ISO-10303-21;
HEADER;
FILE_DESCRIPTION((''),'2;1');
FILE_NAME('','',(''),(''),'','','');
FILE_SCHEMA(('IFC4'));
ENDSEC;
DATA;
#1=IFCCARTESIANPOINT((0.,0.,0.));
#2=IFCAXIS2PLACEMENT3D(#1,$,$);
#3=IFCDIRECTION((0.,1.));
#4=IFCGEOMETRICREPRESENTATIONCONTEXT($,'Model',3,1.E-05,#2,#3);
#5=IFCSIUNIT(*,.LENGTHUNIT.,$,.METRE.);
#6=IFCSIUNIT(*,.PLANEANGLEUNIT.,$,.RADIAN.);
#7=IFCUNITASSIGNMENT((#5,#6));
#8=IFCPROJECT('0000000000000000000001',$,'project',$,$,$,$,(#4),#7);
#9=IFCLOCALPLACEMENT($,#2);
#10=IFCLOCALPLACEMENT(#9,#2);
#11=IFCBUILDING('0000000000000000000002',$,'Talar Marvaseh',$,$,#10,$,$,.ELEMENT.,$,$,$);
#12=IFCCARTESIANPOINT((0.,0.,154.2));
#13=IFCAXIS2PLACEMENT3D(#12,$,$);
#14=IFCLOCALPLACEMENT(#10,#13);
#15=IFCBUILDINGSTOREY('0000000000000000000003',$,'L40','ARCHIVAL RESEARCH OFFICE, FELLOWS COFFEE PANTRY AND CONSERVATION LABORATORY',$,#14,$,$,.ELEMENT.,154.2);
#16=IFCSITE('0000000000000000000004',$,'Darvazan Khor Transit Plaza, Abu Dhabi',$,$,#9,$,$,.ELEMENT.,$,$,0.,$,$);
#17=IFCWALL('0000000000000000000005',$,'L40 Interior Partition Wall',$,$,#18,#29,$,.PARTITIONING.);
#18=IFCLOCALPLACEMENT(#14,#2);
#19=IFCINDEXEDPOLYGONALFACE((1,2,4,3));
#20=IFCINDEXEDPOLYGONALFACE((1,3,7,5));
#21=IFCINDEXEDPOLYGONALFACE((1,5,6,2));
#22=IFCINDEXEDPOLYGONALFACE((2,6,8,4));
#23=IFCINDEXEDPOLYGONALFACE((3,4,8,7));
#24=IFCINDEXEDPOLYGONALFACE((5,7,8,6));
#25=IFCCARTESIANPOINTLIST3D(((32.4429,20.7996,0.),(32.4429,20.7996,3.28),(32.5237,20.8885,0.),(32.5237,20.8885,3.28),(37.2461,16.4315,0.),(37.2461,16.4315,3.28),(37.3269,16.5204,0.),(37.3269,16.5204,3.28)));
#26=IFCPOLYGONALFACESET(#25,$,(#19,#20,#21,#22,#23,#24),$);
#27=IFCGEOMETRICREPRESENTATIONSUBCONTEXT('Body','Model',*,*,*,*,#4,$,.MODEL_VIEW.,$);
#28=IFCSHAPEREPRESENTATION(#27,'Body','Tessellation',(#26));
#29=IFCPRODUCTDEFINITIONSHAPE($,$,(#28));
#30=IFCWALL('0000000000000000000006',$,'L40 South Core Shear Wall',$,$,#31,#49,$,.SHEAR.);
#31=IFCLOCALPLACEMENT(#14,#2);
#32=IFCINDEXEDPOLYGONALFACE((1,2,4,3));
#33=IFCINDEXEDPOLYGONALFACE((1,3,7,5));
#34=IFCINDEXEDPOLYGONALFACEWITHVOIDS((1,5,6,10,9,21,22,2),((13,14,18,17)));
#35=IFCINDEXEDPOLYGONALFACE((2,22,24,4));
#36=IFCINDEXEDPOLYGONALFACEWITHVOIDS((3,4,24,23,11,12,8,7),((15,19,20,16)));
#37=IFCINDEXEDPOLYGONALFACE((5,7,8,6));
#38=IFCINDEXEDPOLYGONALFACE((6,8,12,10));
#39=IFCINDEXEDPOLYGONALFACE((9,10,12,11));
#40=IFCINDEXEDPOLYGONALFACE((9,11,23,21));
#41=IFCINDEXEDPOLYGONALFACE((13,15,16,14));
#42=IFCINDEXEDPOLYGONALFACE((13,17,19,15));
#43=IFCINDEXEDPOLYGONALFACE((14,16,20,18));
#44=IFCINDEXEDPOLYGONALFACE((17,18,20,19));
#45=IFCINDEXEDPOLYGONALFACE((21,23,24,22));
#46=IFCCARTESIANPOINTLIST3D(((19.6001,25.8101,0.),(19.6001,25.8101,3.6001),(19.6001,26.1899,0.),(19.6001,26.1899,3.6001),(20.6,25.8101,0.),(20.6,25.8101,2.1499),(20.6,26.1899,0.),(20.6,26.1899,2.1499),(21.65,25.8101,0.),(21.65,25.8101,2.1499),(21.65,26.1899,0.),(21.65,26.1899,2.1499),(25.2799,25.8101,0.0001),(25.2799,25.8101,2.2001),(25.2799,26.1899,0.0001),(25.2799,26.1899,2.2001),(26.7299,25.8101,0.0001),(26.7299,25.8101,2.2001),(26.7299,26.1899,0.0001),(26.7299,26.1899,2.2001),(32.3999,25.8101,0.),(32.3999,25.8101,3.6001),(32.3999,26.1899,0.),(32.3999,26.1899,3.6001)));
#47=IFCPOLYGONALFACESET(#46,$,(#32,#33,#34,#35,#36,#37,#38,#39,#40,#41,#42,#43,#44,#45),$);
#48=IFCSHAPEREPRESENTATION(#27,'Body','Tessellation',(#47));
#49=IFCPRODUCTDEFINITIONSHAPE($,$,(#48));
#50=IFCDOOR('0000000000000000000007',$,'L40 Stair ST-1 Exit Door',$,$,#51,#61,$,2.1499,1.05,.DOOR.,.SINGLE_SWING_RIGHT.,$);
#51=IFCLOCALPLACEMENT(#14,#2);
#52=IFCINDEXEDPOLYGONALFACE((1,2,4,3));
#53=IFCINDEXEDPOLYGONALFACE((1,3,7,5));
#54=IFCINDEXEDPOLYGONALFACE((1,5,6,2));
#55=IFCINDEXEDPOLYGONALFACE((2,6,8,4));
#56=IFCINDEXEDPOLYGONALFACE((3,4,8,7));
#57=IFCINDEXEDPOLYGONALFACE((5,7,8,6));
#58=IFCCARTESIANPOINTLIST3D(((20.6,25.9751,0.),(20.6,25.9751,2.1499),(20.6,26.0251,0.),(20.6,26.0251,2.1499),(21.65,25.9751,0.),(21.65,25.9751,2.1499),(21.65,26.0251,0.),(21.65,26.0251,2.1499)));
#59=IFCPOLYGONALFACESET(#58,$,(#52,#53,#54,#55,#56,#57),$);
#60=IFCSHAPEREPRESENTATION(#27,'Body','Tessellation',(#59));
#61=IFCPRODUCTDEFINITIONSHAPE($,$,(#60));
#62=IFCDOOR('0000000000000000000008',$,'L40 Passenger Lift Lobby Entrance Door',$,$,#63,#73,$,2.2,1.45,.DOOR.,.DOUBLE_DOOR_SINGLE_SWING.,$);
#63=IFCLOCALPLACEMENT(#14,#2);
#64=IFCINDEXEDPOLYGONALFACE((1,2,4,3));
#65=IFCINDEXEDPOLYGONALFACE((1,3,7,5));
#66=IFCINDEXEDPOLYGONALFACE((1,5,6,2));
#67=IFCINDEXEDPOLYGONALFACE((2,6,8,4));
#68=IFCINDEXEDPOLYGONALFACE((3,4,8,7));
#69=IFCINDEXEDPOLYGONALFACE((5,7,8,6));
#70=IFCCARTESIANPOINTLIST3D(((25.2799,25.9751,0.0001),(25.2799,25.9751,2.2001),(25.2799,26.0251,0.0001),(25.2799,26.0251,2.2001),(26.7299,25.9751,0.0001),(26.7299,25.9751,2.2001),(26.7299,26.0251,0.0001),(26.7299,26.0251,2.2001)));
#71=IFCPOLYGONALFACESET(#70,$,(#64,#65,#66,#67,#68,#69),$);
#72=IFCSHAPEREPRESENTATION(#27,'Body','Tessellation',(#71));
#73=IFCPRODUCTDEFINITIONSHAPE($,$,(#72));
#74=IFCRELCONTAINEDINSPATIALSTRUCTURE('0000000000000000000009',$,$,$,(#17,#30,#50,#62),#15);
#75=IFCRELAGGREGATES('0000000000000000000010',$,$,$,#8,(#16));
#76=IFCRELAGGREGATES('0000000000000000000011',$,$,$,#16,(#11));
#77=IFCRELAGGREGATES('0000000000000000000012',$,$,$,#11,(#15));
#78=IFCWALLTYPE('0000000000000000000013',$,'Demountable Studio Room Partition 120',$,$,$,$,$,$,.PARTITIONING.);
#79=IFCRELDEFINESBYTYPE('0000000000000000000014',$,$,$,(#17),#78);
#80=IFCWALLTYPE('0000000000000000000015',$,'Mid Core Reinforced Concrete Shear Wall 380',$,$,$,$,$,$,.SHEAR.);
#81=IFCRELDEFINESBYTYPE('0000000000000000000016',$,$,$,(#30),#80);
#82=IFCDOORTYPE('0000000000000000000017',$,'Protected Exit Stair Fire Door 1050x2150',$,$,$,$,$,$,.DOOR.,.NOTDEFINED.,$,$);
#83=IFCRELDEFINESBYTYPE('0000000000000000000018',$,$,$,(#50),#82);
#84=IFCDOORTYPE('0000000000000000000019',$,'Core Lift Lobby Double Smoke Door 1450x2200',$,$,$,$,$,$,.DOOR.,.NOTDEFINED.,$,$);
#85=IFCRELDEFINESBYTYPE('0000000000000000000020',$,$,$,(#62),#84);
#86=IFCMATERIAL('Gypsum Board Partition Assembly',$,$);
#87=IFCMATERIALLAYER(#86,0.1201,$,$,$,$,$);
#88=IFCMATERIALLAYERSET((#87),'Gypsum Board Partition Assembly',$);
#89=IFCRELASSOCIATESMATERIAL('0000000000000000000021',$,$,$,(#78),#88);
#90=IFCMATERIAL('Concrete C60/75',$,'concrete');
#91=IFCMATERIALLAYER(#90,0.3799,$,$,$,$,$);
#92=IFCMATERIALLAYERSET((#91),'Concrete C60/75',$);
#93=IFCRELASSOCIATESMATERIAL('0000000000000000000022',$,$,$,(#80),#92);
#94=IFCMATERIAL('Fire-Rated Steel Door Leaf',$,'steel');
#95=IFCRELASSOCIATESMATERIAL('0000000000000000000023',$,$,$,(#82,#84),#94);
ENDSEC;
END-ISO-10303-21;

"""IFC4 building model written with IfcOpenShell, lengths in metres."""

from ifc_helpers import new_model, si_unit, direction, frame, frame_2d, origin, place, context, subcontext, project, spatial, rectangle, extrude, source, transform, mapped, material, layer, layer_set, type_object, type_shapes, element, fill, save


model = new_model("IFC4")

# Units and contexts
model_context = context("Model", 3, precision=1e-05, world=origin(), true_north=direction((0.0, 1.0)))
body_context = subcontext(model_context, "Body", "Model", "MODEL_VIEW")
ifc_project = project(units=[si_unit("LENGTHUNIT", "METRE"), si_unit("PLANEANGLEUNIT", "RADIAN")], contexts=[model_context])

# Site, building, storey
site_placement = place(None, origin())
site = spatial("IfcSite", under=ifc_project, at=site_placement, Name="Darvazan Khor Transit Plaza, Abu Dhabi", CompositionType="ELEMENT", RefElevation=0.0)
building_placement = place(site_placement, origin())
building = spatial("IfcBuilding", under=site, at=building_placement, Name="Talar Marvaseh", CompositionType="ELEMENT")
storey_placement = place(building_placement, frame((0.0, 0.0, 154.2)))
storey = spatial("IfcBuildingStorey", under=building, at=storey_placement, Name="L40", Description="ARCHIVAL RESEARCH OFFICE, FELLOWS COFFEE PANTRY AND CONSERVATION LABORATORY", CompositionType="ELEMENT", Elevation=154.2)

# Shared definitions
ifc_material_1 = material(Name="Concrete C60/75", Category="concrete")

# Wall
ifc_material_2 = material(Name="Gypsum Board Partition Assembly")
ifc_layer_1 = layer(ifc_material_2, 0.1201)
ifc_layer_set_1 = layer_set([ifc_layer_1], Name="Gypsum Board Partition Assembly")
wall_type_1 = type_object("IfcWallType", Name="Demountable Studio Room Partition 120", PredefinedType="PARTITIONING", material=ifc_layer_set_1)
wall_1_placement = place(storey_placement, frame((32.4834, 20.844, 0.0), z_axis=(0.0, 0.0, 1.0), x_axis=(0.739818, -0.672808, 0.0)))
element("IfcWall", 1, at=wall_1_placement, inside=storey, type_object=wall_type_1, Name="L40 Interior Partition Wall", PredefinedType="PARTITIONING", context=body_context, shape_type="SweptSolid", body=[
    extrude(rectangle(XDim=6.4924, YDim=0.1201, at=frame_2d((3.2461, 0.0))), origin(), (0.0, 0.0, 1.0), 3.28),
])

# Wall, openings, doors
ifc_layer_2 = layer(ifc_material_1, 0.3799)
ifc_layer_set_2 = layer_set([ifc_layer_2], Name="Concrete C60/75")
wall_type_2 = type_object("IfcWallType", Name="Mid Core Reinforced Concrete Shear Wall 380", PredefinedType="SHEAR", material=ifc_layer_set_2)
wall_2_placement = place(storey_placement, frame((32.3999, 26.0, 0.0), z_axis=(0.0, 0.0, 1.0), x_axis=(-1.0, 0.0, 0.0)))
wall_2 = element("IfcWall", 2, at=wall_2_placement, inside=storey, type_object=wall_type_2, Name="L40 South Core Shear Wall", PredefinedType="SHEAR", context=body_context, shape_type="SweptSolid", body=[
    extrude(rectangle(XDim=12.7998, YDim=0.3799, at=frame_2d((6.3999, 0.0))), origin(), (0.0, 0.0, 1.0), 3.6001),
])
opening_1_placement = place(wall_2_placement, frame((10.75, 0.0, 0.0)))
opening_1 = element("IfcOpeningElement", 3, at=opening_1_placement, cuts=wall_2, PredefinedType="OPENING", context=body_context, shape_type="SweptSolid", body=[
    extrude(rectangle(XDim=1.05, YDim=2.1499, at=frame_2d((0.5249, 1.075))), frame((0.0, 0.2, 0.0), z_axis=(0.0, -1.0, 0.0), x_axis=(1.0, 0.0, 0.0)), (0.0, 0.0, 1.0), 0.3999),
])
opening_2_placement = place(wall_2_placement, frame((5.6699, 0.0, 0.0)))
opening_2 = element("IfcOpeningElement", 4, at=opening_2_placement, cuts=wall_2, PredefinedType="OPENING", context=body_context, shape_type="SweptSolid", body=[
    extrude(rectangle(XDim=1.45, YDim=2.2, at=frame_2d((0.7251, 1.1001))), frame((0.0, 0.2, 0.0), z_axis=(0.0, -1.0, 0.0), x_axis=(1.0, 0.0, 0.0)), (0.0, 0.0, 1.0), 0.3999),
])
ifc_material_3 = material(Name="Fire-Rated Steel Door Leaf", Category="steel")
door_type_1 = type_object("IfcDoorType", Name="Protected Exit Stair Fire Door 1050x2150", OperationType="NOTDEFINED", PredefinedType="DOOR", material=ifc_material_3)
shared_shape_1 = source(origin(), body_context, "Body", "SweptSolid", [
    extrude(rectangle(XDim=1.05, YDim=2.1499, at=frame_2d((0.5249, 1.075))), frame((0.0, 0.0249, 0.0), z_axis=(0.0, -1.0, 0.0), x_axis=(1.0, 0.0, 0.0)), (0.0, 0.0, 1.0), 0.05),
])
type_shapes(door_type_1, [shared_shape_1])
door_1_placement = place(opening_1_placement, origin())
door_1 = element("IfcDoor", 5, at=door_1_placement, inside=storey, type_object=door_type_1, Name="L40 Stair ST-1 Exit Door", OperationType="SINGLE_SWING_RIGHT", OverallHeight=2.1499, OverallWidth=1.05, PredefinedType="DOOR", context=body_context, shape_type="MappedRepresentation", body=[
    mapped(shared_shape_1, transform((0.0, 0.0, 0.0), x_axis=(1.0, 0.0, 0.0), y_axis=(0.0, 1.0, 0.0), z_axis=(0.0, 0.0, 1.0), scale=1.0)),
])
fill(opening_1, door_1)
door_type_2 = type_object("IfcDoorType", Name="Core Lift Lobby Double Smoke Door 1450x2200", OperationType="NOTDEFINED", PredefinedType="DOOR", material=ifc_material_3)
shared_shape_2 = source(origin(), body_context, "Body", "SweptSolid", [
    extrude(rectangle(XDim=1.45, YDim=2.2, at=frame_2d((0.7251, 1.1001))), frame((0.0, 0.0249, 0.0), z_axis=(0.0, -1.0, 0.0), x_axis=(1.0, 0.0, 0.0)), (0.0, 0.0, 1.0), 0.05),
])
type_shapes(door_type_2, [shared_shape_2])
door_2_placement = place(opening_2_placement, origin())
door_2 = element("IfcDoor", 6, at=door_2_placement, inside=storey, type_object=door_type_2, Name="L40 Passenger Lift Lobby Entrance Door", OperationType="DOUBLE_DOOR_SINGLE_SWING", OverallHeight=2.2, OverallWidth=1.45, PredefinedType="DOOR", context=body_context, shape_type="MappedRepresentation", body=[
    mapped(shared_shape_2, transform((0.0, 0.0, 0.0), x_axis=(1.0, 0.0, 0.0), y_axis=(0.0, 1.0, 0.0), z_axis=(0.0, 0.0, 1.0), scale=1.0)),
])
fill(opening_2, door_2)

save(model, "model.ifc")
